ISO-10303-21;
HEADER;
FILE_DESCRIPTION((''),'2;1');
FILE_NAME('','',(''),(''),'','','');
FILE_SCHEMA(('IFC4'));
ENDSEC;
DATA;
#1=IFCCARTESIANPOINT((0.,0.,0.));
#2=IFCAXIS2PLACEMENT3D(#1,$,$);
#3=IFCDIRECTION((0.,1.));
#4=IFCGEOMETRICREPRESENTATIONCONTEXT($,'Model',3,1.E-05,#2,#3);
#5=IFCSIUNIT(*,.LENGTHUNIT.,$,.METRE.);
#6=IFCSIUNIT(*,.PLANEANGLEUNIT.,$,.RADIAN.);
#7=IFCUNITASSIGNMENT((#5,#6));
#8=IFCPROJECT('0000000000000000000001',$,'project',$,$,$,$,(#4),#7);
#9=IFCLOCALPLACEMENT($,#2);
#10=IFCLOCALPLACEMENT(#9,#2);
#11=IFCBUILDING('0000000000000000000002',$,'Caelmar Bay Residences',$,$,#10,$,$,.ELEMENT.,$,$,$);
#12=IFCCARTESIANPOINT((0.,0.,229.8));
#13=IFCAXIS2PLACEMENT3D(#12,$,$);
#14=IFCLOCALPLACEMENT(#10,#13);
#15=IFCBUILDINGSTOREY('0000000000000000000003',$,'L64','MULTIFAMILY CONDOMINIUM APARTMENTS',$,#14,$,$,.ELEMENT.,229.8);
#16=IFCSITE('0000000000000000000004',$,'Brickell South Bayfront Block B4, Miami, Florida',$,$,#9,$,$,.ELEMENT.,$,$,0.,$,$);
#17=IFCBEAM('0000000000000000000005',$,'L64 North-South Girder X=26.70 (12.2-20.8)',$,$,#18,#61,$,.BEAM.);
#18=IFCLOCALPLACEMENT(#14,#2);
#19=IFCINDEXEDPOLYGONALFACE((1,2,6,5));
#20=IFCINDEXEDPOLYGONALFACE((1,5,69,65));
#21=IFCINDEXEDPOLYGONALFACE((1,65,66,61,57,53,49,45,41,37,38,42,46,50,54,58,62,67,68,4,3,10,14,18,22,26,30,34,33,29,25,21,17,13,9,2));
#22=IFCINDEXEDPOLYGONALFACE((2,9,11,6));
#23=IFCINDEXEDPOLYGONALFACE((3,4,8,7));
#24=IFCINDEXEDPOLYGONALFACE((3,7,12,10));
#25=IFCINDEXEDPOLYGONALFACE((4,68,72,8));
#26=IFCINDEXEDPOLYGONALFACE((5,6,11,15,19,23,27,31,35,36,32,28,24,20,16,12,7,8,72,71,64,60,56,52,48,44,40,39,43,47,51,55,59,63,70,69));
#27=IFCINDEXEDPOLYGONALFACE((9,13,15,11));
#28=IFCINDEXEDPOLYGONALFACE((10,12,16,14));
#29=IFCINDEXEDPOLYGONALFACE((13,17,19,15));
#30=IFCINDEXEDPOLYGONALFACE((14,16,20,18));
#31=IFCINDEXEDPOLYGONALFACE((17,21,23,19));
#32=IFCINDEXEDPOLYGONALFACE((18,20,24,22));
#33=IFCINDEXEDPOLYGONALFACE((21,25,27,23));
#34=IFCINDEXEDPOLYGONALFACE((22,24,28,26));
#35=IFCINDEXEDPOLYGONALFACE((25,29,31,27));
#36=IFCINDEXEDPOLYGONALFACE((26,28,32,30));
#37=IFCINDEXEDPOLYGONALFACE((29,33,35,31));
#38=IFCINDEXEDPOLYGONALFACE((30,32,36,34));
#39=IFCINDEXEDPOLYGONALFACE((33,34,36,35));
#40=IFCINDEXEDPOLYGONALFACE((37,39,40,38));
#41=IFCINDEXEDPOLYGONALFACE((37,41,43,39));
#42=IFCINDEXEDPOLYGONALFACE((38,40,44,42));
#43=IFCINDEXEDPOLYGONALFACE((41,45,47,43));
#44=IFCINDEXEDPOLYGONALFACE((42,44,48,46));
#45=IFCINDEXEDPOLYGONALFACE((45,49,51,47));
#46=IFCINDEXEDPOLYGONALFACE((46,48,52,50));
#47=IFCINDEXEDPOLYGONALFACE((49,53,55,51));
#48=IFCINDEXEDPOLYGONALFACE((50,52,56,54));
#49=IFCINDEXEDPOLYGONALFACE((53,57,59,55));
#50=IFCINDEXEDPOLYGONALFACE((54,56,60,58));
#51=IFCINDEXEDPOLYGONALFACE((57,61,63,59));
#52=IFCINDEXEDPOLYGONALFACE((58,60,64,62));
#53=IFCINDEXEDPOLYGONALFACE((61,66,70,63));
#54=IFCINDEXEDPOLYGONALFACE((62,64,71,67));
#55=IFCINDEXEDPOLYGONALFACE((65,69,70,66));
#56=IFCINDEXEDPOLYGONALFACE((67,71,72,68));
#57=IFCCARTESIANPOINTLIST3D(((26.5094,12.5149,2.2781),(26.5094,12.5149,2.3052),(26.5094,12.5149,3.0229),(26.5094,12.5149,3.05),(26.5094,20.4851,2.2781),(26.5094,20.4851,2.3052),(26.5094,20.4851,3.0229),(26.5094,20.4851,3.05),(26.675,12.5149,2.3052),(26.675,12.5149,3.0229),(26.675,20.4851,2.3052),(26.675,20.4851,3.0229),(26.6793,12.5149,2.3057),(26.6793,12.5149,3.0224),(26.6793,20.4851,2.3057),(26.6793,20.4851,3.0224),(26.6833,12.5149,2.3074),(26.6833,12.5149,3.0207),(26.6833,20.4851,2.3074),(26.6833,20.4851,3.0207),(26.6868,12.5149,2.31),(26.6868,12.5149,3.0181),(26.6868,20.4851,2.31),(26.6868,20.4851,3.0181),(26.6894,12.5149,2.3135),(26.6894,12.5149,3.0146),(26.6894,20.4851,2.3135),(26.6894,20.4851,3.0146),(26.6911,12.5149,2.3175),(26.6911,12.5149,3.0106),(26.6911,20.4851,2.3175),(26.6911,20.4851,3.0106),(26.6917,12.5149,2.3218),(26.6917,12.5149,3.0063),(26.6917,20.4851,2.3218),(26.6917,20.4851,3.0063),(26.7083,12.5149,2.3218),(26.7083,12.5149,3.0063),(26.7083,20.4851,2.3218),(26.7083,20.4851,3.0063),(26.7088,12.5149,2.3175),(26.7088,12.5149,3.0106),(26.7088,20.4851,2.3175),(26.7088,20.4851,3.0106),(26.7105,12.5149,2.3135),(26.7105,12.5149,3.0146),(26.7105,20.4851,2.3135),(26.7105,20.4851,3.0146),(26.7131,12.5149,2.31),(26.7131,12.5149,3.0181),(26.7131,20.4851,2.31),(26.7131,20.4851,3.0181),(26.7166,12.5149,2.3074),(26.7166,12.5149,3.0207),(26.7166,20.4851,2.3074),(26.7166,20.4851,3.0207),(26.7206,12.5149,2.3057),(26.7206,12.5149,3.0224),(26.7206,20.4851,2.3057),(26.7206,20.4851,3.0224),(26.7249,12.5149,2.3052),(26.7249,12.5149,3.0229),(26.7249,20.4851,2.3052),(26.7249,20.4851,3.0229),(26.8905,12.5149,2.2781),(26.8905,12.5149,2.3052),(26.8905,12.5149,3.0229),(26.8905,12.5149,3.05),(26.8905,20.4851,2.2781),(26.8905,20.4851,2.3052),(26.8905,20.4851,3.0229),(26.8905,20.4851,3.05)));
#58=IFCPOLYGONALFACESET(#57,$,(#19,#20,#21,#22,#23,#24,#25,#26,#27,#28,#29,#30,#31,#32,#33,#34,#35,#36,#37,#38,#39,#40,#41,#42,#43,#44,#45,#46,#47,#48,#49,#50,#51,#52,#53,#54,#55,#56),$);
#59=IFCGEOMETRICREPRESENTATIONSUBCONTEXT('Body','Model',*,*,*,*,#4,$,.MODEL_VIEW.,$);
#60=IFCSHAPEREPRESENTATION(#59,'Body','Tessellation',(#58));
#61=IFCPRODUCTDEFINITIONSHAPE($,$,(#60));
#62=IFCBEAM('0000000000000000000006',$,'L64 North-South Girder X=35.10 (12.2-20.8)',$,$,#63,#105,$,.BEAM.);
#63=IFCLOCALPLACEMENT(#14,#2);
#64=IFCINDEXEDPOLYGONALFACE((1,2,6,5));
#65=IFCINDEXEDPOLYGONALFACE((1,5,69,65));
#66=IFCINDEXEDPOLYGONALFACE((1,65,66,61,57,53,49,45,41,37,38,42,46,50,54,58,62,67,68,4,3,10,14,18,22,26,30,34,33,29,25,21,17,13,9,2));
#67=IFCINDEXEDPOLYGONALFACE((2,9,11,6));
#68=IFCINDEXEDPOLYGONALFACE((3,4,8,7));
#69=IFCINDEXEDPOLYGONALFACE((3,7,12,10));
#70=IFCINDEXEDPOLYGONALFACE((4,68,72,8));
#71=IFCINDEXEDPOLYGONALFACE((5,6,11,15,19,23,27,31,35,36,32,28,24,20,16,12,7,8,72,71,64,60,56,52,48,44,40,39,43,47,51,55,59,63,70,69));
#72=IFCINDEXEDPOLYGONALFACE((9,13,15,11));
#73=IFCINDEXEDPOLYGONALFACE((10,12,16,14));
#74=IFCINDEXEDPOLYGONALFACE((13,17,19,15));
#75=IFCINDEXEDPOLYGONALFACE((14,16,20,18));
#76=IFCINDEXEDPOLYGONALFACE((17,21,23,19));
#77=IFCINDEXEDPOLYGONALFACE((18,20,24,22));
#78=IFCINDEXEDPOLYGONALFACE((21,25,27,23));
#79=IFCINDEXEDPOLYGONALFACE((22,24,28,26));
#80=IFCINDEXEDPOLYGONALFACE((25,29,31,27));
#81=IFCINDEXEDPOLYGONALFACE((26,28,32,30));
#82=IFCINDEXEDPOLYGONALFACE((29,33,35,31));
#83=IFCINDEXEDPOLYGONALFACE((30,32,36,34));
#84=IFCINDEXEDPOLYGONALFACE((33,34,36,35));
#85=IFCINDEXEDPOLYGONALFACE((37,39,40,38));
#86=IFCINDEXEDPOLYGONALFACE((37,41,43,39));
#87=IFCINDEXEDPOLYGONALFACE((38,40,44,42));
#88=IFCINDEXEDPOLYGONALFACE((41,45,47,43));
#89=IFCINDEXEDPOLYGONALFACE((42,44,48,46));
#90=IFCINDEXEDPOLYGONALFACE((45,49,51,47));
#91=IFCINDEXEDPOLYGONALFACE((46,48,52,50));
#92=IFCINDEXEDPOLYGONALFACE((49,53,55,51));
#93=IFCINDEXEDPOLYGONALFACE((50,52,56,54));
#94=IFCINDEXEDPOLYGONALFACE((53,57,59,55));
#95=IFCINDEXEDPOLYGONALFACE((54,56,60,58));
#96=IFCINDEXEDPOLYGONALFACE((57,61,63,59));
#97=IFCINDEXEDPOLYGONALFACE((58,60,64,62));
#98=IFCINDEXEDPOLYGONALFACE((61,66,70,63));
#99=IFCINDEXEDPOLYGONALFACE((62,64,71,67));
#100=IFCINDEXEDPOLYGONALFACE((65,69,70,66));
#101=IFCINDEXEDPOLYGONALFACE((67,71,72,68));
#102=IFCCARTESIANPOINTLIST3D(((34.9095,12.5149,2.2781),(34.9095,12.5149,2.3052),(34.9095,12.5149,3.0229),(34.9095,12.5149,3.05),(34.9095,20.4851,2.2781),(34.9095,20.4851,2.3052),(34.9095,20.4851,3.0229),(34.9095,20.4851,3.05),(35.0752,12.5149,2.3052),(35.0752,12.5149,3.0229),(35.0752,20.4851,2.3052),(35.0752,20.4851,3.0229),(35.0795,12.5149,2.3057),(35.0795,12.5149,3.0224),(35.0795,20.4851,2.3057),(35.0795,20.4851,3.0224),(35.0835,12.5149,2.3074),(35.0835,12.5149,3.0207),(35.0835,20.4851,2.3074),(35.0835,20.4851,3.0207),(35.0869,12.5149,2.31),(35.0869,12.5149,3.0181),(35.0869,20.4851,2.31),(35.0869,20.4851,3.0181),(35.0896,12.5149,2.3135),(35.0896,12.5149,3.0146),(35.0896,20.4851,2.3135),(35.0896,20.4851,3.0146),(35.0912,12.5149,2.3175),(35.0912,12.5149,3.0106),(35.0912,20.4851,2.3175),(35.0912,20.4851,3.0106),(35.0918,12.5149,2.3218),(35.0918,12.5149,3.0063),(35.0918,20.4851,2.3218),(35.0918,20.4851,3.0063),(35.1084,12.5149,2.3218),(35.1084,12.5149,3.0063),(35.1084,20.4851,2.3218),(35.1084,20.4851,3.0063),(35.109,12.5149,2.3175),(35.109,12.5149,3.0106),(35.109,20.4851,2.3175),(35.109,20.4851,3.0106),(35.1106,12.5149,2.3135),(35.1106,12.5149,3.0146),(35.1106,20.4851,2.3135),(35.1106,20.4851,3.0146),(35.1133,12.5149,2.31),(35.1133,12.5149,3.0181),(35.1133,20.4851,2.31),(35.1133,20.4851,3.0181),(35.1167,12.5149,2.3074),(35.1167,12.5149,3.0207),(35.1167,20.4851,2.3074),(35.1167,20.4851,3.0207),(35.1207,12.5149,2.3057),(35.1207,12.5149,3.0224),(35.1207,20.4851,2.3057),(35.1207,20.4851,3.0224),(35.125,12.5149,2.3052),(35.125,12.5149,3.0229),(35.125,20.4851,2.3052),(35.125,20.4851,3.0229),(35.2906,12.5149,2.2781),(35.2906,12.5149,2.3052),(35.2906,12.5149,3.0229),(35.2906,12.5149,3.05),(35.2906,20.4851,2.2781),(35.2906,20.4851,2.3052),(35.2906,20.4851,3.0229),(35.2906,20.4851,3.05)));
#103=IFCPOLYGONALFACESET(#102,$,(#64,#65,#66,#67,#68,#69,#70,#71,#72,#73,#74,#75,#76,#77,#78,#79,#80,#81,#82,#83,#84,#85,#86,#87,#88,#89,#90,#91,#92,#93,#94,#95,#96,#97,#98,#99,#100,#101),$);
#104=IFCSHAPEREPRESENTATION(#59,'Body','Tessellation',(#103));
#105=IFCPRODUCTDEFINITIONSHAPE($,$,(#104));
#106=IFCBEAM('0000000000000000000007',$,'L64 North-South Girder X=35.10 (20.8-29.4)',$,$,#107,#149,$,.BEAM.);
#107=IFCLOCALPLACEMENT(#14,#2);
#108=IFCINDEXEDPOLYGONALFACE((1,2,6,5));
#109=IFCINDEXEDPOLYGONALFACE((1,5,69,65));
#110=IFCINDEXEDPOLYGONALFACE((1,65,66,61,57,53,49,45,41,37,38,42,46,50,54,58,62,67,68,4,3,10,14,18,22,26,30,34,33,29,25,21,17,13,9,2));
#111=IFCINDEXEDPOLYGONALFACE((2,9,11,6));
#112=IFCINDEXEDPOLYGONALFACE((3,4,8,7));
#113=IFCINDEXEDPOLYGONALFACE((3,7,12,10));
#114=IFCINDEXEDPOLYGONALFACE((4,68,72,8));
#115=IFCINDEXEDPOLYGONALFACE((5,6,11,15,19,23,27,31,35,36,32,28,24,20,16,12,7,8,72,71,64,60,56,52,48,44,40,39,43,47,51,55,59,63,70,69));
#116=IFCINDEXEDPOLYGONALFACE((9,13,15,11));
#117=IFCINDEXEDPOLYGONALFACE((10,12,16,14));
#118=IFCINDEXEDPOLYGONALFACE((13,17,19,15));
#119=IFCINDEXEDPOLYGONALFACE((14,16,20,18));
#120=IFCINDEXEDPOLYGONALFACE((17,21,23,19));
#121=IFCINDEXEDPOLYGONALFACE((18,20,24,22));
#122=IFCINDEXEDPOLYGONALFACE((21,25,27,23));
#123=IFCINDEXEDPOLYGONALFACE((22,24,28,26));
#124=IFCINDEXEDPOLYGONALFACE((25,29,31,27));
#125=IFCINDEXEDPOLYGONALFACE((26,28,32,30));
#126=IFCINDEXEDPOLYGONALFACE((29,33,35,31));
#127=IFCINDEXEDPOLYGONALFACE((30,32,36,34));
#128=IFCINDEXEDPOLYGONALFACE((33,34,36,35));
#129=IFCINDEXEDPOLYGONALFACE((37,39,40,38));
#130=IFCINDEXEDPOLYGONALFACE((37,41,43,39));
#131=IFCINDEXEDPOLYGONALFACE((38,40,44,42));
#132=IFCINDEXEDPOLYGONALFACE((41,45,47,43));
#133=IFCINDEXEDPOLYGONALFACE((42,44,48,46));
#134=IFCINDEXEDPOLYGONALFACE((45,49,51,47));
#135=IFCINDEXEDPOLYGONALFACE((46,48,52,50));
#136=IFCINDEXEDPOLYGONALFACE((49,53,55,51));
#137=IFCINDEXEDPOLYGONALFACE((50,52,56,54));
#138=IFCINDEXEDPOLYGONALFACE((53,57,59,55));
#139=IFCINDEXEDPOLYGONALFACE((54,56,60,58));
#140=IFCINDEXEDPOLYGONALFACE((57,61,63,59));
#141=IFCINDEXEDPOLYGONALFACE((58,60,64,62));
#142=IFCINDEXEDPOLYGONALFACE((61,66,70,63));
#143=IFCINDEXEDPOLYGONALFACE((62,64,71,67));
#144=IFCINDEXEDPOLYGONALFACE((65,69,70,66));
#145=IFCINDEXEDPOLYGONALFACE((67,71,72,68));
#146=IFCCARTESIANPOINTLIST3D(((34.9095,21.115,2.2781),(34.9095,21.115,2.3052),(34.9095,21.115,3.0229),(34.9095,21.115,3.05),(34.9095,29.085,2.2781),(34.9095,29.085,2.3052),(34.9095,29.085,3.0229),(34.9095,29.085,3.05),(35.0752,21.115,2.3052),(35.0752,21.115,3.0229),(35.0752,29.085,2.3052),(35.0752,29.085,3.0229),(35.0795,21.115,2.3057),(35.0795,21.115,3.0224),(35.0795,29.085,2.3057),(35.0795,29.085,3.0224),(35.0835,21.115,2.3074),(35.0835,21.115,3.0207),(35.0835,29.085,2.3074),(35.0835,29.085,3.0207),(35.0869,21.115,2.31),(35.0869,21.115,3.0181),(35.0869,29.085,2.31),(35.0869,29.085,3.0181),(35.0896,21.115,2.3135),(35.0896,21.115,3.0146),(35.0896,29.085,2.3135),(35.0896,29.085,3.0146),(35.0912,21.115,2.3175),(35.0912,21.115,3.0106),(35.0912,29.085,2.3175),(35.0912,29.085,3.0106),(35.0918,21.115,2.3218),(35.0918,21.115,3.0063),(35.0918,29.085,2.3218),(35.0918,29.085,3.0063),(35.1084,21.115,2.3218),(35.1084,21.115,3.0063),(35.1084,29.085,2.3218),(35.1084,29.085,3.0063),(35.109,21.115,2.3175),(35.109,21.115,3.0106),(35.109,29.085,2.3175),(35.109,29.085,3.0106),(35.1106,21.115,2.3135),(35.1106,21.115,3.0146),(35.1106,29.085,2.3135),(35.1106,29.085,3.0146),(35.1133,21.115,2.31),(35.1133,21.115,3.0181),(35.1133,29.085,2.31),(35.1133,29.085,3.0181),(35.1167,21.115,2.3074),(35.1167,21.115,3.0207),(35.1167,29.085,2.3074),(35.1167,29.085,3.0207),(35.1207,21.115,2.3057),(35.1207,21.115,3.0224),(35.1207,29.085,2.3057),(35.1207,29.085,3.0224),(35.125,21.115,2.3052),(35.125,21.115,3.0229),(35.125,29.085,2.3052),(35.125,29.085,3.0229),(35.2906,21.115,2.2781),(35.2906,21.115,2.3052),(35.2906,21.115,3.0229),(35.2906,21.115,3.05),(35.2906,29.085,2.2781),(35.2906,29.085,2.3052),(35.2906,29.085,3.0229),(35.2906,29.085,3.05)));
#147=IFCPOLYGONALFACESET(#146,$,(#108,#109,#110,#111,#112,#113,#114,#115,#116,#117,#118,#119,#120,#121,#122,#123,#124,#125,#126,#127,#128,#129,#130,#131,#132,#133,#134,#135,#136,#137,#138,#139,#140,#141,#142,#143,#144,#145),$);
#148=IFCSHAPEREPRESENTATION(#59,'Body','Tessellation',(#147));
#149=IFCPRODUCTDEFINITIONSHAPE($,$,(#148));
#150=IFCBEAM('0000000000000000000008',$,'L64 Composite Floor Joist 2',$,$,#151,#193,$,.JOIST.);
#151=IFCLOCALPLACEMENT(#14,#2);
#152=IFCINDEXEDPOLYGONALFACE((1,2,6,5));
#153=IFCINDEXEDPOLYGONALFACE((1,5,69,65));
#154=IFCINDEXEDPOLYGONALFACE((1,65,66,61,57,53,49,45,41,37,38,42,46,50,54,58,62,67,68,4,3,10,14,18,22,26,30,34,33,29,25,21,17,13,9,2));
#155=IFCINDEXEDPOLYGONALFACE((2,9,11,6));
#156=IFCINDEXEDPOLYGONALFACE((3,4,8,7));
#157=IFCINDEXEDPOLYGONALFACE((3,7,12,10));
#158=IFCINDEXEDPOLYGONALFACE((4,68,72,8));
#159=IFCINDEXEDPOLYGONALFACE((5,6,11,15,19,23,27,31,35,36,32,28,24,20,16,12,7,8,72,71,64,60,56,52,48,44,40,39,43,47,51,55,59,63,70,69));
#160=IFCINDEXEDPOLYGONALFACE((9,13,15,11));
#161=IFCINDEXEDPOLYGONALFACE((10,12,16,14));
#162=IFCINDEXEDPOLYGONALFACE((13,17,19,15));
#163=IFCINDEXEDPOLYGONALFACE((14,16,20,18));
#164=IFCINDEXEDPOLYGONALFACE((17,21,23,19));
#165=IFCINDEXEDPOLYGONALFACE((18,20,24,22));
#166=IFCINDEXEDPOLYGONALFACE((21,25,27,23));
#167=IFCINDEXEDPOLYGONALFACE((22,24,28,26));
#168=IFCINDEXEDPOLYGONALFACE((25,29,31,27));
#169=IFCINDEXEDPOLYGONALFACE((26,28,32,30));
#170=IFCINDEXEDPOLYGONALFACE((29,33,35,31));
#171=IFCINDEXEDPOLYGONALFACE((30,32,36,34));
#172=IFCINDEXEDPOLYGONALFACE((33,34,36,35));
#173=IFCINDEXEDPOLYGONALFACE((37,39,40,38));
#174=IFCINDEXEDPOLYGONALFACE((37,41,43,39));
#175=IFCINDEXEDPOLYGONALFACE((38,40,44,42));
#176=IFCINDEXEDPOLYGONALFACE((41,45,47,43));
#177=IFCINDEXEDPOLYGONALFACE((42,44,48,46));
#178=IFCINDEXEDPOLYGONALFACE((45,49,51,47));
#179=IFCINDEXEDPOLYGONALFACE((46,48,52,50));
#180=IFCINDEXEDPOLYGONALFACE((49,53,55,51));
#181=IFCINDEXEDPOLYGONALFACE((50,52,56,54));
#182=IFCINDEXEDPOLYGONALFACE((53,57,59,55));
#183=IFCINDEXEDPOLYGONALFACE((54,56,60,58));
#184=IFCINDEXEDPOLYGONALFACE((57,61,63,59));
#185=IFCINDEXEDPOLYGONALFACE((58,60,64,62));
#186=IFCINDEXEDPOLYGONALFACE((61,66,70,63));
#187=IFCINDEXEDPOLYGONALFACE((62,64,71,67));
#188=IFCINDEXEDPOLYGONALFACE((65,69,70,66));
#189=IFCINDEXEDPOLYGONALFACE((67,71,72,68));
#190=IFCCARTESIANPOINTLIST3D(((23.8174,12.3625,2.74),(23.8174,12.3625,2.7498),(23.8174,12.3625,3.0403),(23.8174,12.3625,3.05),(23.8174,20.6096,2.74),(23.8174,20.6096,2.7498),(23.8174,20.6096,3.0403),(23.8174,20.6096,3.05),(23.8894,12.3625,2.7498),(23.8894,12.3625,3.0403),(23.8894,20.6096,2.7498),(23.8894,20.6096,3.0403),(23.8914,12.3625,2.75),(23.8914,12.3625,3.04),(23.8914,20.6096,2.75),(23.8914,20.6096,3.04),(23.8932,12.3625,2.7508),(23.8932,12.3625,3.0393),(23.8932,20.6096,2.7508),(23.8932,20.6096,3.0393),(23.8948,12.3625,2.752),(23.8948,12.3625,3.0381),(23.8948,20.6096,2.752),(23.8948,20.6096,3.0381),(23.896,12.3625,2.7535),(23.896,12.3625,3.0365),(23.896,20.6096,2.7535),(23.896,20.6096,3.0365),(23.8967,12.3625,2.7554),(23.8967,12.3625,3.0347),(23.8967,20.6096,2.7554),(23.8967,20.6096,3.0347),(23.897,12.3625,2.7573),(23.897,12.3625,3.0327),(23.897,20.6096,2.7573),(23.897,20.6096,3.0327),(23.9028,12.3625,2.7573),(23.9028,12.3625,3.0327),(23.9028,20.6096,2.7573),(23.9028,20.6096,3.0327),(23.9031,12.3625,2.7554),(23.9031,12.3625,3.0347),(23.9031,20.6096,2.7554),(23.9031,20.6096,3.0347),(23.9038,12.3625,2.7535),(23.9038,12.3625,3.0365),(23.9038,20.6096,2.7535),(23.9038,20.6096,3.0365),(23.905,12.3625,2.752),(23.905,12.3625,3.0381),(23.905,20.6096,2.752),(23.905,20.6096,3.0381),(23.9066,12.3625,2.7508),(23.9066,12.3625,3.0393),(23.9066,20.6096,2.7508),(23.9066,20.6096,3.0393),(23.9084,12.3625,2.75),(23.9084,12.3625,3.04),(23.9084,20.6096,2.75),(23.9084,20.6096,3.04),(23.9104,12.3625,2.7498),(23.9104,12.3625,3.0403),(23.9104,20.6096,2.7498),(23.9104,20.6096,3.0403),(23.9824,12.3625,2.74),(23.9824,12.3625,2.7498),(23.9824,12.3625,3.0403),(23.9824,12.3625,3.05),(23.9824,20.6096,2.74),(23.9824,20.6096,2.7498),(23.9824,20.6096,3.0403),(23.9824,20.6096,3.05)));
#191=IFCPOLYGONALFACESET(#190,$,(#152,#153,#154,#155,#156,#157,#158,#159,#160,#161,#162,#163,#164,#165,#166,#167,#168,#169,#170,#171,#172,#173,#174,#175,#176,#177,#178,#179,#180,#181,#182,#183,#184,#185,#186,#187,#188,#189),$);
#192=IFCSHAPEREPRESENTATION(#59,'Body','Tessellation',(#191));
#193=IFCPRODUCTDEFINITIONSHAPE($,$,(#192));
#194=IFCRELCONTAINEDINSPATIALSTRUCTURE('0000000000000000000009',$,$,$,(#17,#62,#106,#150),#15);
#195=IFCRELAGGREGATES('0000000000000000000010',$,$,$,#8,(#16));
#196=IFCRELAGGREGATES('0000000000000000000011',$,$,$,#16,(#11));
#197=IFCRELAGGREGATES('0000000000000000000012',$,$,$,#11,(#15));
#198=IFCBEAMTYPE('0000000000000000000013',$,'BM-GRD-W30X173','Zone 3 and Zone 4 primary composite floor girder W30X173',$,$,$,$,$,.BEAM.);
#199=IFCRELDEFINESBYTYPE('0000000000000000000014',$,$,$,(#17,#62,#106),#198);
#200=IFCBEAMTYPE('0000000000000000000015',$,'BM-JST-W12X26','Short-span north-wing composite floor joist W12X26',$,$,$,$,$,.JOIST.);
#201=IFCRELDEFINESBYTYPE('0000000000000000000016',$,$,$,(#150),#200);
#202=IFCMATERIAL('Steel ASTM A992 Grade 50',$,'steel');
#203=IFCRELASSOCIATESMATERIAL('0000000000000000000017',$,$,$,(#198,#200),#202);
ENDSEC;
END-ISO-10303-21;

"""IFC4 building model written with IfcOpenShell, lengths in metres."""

from ifc_helpers import new_model, si_unit, direction, frame, origin, origin_2d, place, context, subcontext, project, spatial, i_section, extrude, material, material_profile, profile_set, type_object, element, save


model = new_model("IFC4")

# Units and contexts
model_context = context("Model", 3, precision=1e-05, world=origin(), true_north=direction((0.0, 1.0)))
body_context = subcontext(model_context, "Body", "Model", "MODEL_VIEW")
ifc_project = project(units=[si_unit("LENGTHUNIT", "METRE"), si_unit("PLANEANGLEUNIT", "RADIAN")], contexts=[model_context])

# Site, building, storey
site_placement = place(None, origin())
site = spatial("IfcSite", under=ifc_project, at=site_placement, Name="Brickell South Bayfront Block B4, Miami, Florida", CompositionType="ELEMENT", RefElevation=0.0)
building_placement = place(site_placement, origin())
building = spatial("IfcBuilding", under=site, at=building_placement, Name="Caelmar Bay Residences", CompositionType="ELEMENT")
storey_placement = place(building_placement, frame((0.0, 0.0, 229.8)))
storey = spatial("IfcBuildingStorey", under=building, at=storey_placement, Name="L64", Description="MULTIFAMILY CONDOMINIUM APARTMENTS", CompositionType="ELEMENT", Elevation=229.8)

# Beams
ifc_material_1 = material(Name="Steel ASTM A992 Grade 50", Category="steel")
ifc_material_profile_1 = material_profile(ifc_material_1, i_section(OverallWidth=0.3811, OverallDepth=0.772, WebThickness=0.0166, FlangeThickness=0.0271, FilletRadius=0.0166, at=origin_2d()), Name="W30X173")
ifc_profile_set_1 = profile_set([ifc_material_profile_1], Name="Steel ASTM A992 Grade 50")
beam_type_1 = type_object("IfcBeamType", Name="BM-GRD-W30X173", Description="Zone 3 and Zone 4 primary composite floor girder W30X173", PredefinedType="BEAM", material=ifc_profile_set_1)
for number, where, z_axis, x_axis, name in (
    (1, (26.7, 12.5149, 2.6641), (0.0, 1.0, 0.0), (-1.0, 0.0, 0.0), "L64 North-South Girder X=26.70 (12.2-20.8)"),
    (2, (35.1001, 12.5149, 2.6641), (0.0, 1.0, 0.0), (-1.0, 0.0, 0.0), "L64 North-South Girder X=35.10 (12.2-20.8)"),
):
    element("IfcBeam", number, at=place(storey_placement, frame(where, z_axis=z_axis, x_axis=x_axis)), inside=storey, type_object=beam_type_1, Name=name, PredefinedType="BEAM", context=body_context, shape_type="SweptSolid", body=[
        extrude(i_section(OverallWidth=0.3811, OverallDepth=0.772, WebThickness=0.0166, FlangeThickness=0.0271, FilletRadius=0.0166, at=origin_2d()), origin(), (0.0, 0.0, 1.0), 7.9702),
    ])
beam_1_placement = place(storey_placement, frame((35.1001, 21.115, 2.6641), z_axis=(0.0, 1.0, 0.0), x_axis=(-1.0, 0.0, 0.0)))
element("IfcBeam", 3, at=beam_1_placement, inside=storey, type_object=beam_type_1, Name="L64 North-South Girder X=35.10 (20.8-29.4)", PredefinedType="BEAM", context=body_context, shape_type="SweptSolid", body=[
    extrude(i_section(OverallWidth=0.3811, OverallDepth=0.772, WebThickness=0.0166, FlangeThickness=0.0271, FilletRadius=0.0166, at=origin_2d()), origin(), (0.0, 0.0, 1.0), 7.97),
])
ifc_material_profile_2 = material_profile(ifc_material_1, i_section(OverallWidth=0.165, OverallDepth=0.3101, WebThickness=0.0059, FlangeThickness=0.0098, FilletRadius=0.0076, at=origin_2d()), Name="W12X26")
ifc_profile_set_2 = profile_set([ifc_material_profile_2], Name="Steel ASTM A992 Grade 50")
beam_type_2 = type_object("IfcBeamType", Name="BM-JST-W12X26", Description="Short-span north-wing composite floor joist W12X26", PredefinedType="JOIST", material=ifc_profile_set_2)
for number, where, z_axis, x_axis, name in (
    (4, (23.8999, 12.3625, 2.895), (0.0, 1.0, 0.0), (-1.0, 0.0, 0.0), "L64 Composite Floor Joist 2"),
):
    element("IfcBeam", number, at=place(storey_placement, frame(where, z_axis=z_axis, x_axis=x_axis)), inside=storey, type_object=beam_type_2, Name=name, PredefinedType="JOIST", context=body_context, shape_type="SweptSolid", body=[
        extrude(i_section(OverallWidth=0.165, OverallDepth=0.3101, WebThickness=0.0059, FlangeThickness=0.0098, FilletRadius=0.0076, at=origin_2d()), origin(), (0.0, 0.0, 1.0), 8.2471),
    ])

save(model, "model.ifc")
